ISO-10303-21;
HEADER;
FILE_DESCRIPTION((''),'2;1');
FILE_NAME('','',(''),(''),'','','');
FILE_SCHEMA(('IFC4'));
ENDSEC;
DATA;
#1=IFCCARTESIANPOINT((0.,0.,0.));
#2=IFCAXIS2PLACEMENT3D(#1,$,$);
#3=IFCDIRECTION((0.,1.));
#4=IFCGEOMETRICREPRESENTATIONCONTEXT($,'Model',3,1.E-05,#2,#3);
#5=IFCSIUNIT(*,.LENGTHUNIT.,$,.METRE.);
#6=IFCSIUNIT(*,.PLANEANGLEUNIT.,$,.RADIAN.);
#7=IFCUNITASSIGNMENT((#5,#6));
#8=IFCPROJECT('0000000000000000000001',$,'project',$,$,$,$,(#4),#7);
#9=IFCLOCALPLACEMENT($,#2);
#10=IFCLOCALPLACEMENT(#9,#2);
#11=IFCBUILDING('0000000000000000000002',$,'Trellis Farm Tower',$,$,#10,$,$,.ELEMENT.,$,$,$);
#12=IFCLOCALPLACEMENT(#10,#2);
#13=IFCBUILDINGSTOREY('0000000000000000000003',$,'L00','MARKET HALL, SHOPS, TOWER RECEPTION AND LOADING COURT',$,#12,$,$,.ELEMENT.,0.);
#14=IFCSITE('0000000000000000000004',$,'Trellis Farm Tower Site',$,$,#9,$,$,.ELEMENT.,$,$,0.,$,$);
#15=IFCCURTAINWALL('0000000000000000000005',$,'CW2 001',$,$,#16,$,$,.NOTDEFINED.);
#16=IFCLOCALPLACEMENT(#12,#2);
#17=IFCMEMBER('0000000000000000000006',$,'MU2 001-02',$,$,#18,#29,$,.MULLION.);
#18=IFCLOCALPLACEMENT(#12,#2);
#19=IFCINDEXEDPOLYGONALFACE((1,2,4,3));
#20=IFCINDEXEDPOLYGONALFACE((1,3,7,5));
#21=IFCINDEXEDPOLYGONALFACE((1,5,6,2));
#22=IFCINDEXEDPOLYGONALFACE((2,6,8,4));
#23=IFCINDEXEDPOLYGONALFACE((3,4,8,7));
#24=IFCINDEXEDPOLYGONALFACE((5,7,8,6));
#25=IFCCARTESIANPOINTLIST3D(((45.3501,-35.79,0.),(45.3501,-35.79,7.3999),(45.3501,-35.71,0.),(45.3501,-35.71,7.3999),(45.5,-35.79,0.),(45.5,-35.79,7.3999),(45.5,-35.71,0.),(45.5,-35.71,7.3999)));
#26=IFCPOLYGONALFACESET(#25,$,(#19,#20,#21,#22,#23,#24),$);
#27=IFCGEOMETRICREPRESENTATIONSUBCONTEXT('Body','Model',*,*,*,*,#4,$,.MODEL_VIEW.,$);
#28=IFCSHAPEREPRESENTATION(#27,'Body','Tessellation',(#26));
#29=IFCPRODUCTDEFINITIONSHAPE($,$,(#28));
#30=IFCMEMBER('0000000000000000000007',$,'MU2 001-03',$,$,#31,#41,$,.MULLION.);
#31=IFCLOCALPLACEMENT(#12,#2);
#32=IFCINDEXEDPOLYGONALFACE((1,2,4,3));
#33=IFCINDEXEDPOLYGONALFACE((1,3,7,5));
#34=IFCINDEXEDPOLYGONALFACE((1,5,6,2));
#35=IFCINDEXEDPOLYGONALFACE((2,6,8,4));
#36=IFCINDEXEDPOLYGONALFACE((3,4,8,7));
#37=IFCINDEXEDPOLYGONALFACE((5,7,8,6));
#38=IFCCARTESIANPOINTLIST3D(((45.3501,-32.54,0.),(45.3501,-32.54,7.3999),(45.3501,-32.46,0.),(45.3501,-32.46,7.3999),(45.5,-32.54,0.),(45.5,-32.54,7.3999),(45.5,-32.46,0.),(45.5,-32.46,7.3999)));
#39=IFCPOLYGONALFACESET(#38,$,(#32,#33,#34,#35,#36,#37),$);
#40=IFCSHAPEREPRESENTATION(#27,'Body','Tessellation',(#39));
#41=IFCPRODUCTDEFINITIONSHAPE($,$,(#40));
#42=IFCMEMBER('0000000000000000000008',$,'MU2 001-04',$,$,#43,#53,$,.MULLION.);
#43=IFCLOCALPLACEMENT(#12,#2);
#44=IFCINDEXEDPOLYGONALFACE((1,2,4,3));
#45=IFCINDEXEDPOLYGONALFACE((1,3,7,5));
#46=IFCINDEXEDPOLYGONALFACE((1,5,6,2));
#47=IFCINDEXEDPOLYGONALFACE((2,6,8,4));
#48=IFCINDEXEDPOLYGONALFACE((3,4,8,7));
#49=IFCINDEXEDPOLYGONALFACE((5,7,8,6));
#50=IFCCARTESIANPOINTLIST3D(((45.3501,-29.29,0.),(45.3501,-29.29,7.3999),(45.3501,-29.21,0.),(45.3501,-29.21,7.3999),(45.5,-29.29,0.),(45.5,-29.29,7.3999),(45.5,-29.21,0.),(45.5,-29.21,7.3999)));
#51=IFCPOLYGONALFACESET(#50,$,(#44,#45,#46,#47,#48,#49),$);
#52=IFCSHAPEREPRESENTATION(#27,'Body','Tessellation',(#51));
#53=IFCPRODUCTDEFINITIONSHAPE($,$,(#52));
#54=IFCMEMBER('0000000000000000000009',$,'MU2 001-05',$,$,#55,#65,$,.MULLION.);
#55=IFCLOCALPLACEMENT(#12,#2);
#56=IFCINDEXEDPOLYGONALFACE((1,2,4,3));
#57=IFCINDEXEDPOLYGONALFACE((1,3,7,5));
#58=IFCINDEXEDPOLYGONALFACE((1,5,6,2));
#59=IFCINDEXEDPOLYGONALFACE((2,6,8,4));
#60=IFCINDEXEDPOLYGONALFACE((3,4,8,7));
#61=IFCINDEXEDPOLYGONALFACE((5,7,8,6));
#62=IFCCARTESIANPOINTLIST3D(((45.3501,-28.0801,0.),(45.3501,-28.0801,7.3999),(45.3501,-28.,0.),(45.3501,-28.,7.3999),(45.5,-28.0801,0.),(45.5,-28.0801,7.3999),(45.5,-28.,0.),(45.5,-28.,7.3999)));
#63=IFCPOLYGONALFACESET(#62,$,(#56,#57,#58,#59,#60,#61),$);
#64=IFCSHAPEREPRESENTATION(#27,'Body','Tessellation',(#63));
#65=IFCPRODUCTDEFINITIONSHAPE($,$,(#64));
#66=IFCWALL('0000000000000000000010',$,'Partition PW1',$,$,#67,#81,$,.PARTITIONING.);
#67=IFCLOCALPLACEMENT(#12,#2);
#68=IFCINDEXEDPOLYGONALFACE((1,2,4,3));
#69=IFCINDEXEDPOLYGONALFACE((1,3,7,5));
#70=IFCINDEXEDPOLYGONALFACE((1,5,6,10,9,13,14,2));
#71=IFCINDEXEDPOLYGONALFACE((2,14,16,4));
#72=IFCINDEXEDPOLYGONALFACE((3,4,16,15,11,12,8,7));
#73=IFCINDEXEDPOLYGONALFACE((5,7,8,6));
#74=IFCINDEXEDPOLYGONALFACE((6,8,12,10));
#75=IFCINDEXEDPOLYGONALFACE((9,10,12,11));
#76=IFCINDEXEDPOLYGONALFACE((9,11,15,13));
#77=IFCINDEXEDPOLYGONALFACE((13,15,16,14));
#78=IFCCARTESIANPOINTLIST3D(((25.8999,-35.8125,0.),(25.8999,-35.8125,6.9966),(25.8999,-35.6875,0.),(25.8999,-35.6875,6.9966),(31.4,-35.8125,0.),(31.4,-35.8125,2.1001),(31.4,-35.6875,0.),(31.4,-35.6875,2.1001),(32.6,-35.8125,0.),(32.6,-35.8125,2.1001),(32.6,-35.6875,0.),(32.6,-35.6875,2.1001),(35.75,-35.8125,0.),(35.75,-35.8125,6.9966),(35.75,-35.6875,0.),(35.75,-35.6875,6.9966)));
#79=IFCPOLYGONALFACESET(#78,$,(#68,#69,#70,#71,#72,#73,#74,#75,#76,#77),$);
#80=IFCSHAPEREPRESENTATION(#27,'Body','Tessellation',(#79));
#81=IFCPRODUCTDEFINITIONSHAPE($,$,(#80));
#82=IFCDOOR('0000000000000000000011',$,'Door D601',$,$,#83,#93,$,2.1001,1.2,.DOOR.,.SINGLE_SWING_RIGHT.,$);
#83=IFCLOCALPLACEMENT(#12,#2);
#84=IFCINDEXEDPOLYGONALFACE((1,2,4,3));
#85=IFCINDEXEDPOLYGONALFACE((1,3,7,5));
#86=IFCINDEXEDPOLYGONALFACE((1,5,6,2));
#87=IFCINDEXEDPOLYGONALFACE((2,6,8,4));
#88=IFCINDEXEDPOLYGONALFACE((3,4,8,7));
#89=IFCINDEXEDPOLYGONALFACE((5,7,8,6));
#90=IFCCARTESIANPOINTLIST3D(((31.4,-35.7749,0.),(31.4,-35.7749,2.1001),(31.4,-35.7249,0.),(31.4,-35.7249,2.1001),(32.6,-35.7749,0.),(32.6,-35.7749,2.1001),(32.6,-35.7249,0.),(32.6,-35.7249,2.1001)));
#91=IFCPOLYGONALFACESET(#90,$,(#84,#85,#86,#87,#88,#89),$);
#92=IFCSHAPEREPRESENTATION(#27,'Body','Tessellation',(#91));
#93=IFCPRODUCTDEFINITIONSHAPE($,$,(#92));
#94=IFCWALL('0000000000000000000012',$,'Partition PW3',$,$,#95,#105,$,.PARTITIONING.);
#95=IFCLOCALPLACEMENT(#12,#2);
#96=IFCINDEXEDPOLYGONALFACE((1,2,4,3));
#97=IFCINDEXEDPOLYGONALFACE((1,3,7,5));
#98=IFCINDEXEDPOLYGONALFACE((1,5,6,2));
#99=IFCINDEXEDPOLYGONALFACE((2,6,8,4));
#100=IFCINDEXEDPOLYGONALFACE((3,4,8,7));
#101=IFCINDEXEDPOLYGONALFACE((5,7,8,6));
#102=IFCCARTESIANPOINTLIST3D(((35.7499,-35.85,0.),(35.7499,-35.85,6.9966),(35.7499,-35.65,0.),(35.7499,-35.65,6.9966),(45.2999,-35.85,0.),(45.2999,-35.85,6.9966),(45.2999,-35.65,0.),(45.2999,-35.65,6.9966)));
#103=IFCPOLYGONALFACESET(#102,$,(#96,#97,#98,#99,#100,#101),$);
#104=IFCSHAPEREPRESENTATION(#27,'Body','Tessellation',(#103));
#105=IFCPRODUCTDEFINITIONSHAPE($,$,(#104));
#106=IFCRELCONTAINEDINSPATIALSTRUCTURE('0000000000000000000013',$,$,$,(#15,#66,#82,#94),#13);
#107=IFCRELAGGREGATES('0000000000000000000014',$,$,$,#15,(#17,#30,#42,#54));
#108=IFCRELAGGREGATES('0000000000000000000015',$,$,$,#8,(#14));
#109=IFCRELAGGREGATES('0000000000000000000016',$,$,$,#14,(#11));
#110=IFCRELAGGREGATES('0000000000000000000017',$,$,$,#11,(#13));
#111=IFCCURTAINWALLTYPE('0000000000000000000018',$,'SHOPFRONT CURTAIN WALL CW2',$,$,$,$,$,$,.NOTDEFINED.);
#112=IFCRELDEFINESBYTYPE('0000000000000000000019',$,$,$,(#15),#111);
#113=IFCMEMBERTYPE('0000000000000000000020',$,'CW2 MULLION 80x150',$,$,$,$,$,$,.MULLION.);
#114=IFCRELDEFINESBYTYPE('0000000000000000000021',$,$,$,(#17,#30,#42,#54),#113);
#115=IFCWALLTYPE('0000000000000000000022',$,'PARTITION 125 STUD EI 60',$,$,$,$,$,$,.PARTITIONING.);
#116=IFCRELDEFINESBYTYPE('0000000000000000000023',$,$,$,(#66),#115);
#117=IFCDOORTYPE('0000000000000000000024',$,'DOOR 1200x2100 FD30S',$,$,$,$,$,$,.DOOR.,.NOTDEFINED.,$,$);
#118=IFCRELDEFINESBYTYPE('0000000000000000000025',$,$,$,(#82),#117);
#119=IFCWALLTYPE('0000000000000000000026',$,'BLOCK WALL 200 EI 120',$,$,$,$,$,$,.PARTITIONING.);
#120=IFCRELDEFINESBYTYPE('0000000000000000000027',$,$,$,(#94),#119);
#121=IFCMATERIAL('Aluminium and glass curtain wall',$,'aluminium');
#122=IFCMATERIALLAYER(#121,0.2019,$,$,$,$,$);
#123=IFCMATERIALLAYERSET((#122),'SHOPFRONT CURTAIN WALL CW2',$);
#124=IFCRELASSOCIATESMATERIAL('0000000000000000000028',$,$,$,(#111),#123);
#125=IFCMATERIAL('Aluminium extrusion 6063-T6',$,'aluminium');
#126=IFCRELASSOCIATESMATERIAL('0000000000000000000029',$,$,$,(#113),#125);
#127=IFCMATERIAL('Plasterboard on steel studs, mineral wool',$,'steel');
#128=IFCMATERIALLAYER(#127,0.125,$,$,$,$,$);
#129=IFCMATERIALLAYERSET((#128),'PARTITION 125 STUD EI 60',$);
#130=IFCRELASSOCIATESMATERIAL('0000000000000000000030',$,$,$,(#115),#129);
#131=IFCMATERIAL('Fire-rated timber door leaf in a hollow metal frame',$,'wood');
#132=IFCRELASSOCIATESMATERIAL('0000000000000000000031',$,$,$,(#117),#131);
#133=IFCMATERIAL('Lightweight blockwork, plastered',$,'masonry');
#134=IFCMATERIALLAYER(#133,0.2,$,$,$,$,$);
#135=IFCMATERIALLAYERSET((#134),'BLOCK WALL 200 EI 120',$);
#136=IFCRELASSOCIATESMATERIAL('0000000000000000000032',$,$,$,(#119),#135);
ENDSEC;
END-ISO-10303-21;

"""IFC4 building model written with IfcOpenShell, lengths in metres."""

from ifc_helpers import new_model, si_unit, direction, frame, frame_2d, origin, origin_2d, place, context, subcontext, project, spatial, rectangle, extrude, source, transform, mapped, material, layer, layer_set, material_profile, profile_set, type_object, element, fill, aggregate, save


model = new_model("IFC4")

# Units and contexts
model_context = context("Model", 3, precision=1e-05, world=origin(), true_north=direction((0.0, 1.0)))
body_context = subcontext(model_context, "Body", "Model", "MODEL_VIEW")
ifc_project = project(units=[si_unit("LENGTHUNIT", "METRE"), si_unit("PLANEANGLEUNIT", "RADIAN")], contexts=[model_context])

# Site, building, storey
site_placement = place(None, origin())
site = spatial("IfcSite", under=ifc_project, at=site_placement, Name="Trellis Farm Tower Site", CompositionType="ELEMENT", RefElevation=0.0)
building_placement = place(site_placement, origin())
building = spatial("IfcBuilding", under=site, at=building_placement, Name="Trellis Farm Tower", CompositionType="ELEMENT")
storey_placement = place(building_placement, origin())
storey = spatial("IfcBuildingStorey", under=building, at=storey_placement, Name="L00", Description="MARKET HALL, SHOPS, TOWER RECEPTION AND LOADING COURT", CompositionType="ELEMENT", Elevation=0.0)

# Curtain wall, members
ifc_material_1 = material(Name="Aluminium and glass curtain wall", Category="aluminium")
ifc_layer_1 = layer(ifc_material_1, 0.2019)
ifc_layer_set_1 = layer_set([ifc_layer_1], Name="SHOPFRONT CURTAIN WALL CW2")
curtain_wall_type = type_object("IfcCurtainWallType", Name="SHOPFRONT CURTAIN WALL CW2", PredefinedType="NOTDEFINED", material=ifc_layer_set_1)
curtain_wall_placement = place(storey_placement, origin())
curtain_wall = element("IfcCurtainWall", 1, at=curtain_wall_placement, inside=storey, type_object=curtain_wall_type, Name="CW2 001", PredefinedType="NOTDEFINED")
ifc_material_2 = material(Name="Aluminium extrusion 6063-T6", Category="aluminium")
ifc_material_profile_1 = material_profile(ifc_material_2, rectangle(XDim=0.0801, YDim=0.1499, at=origin_2d()), Name="MULLION 80x150")
ifc_profile_set_1 = profile_set([ifc_material_profile_1], Name="Aluminium extrusion 6063-T6")
member_type = type_object("IfcMemberType", Name="CW2 MULLION 80x150", PredefinedType="MULLION", material=ifc_profile_set_1)
shared_shape_1 = source(origin(), body_context, "Body", "SweptSolid", [
    extrude(rectangle(XDim=0.0801, YDim=0.1499, at=origin_2d()), origin(), (0.0, 0.0, 1.0), 7.3999),
])
member_1_placement = place(storey_placement, frame((45.425, -35.75, 0.0), z_axis=(0.0, 0.0, 1.0), x_axis=(0.0, 1.0, 0.0)))
member_1 = element("IfcMember", 2, at=member_1_placement, type_object=member_type, Name="MU2 001-02", PredefinedType="MULLION", context=body_context, shape_type="MappedRepresentation", body=[
    mapped(shared_shape_1, transform((0.0, 0.0, 0.0))),
])
member_2_placement = place(storey_placement, frame((45.425, -32.5, 0.0), z_axis=(0.0, 0.0, 1.0), x_axis=(0.0, 1.0, 0.0)))
member_2 = element("IfcMember", 3, at=member_2_placement, type_object=member_type, Name="MU2 001-03", PredefinedType="MULLION", context=body_context, shape_type="MappedRepresentation", body=[
    mapped(shared_shape_1, transform((0.0, 0.0, 0.0))),
])
member_3_placement = place(storey_placement, frame((45.425, -29.25, 0.0), z_axis=(0.0, 0.0, 1.0), x_axis=(0.0, 1.0, 0.0)))
member_3 = element("IfcMember", 4, at=member_3_placement, type_object=member_type, Name="MU2 001-04", PredefinedType="MULLION", context=body_context, shape_type="MappedRepresentation", body=[
    mapped(shared_shape_1, transform((0.0, 0.0, 0.0))),
])
member_4_placement = place(storey_placement, frame((45.425, -28.04, 0.0), z_axis=(0.0, 0.0, 1.0), x_axis=(0.0, 1.0, 0.0)))
member_4 = element("IfcMember", 5, at=member_4_placement, type_object=member_type, Name="MU2 001-05", PredefinedType="MULLION", context=body_context, shape_type="MappedRepresentation", body=[
    mapped(shared_shape_1, transform((0.0, 0.0, 0.0))),
])
aggregate(curtain_wall, [member_1, member_2, member_3, member_4])

# Wall, opening, door
ifc_material_3 = material(Name="Plasterboard on steel studs, mineral wool", Category="steel")
ifc_layer_2 = layer(ifc_material_3, 0.125)
ifc_layer_set_2 = layer_set([ifc_layer_2], Name="PARTITION 125 STUD EI 60")
wall_type_1 = type_object("IfcWallType", Name="PARTITION 125 STUD EI 60", PredefinedType="PARTITIONING", material=ifc_layer_set_2)
shared_shape_2 = source(origin(), body_context, "Body", "SweptSolid", [
    extrude(rectangle(XDim=9.8501, YDim=0.125, at=frame_2d((4.925, 0.0))), origin(), (0.0, 0.0, 1.0), 6.9966),
])
wall_1_placement = place(storey_placement, frame((35.75, -35.75, 0.0), z_axis=(0.0, 0.0, 1.0), x_axis=(-1.0, 0.0, 0.0)))
wall_1 = element("IfcWall", 6, at=wall_1_placement, inside=storey, type_object=wall_type_1, Name="Partition PW1", PredefinedType="PARTITIONING", context=body_context, shape_type="MappedRepresentation", body=[
    mapped(shared_shape_2, transform((0.0, 0.0, 0.0))),
])
shared_shape_3 = source(origin(), body_context, "Body", "SweptSolid", [
    extrude(rectangle(XDim=1.2, YDim=2.1001, at=frame_2d((0.6001, 1.05))), frame((0.0, 0.0725, 0.0), z_axis=(0.0, -1.0, 0.0), x_axis=(1.0, 0.0, 0.0)), (0.0, 0.0, 1.0), 0.145),
])
opening_placement = place(wall_1_placement, frame((3.1499, 0.0, 0.0)))
opening = element("IfcOpeningElement", 7, at=opening_placement, cuts=wall_1, PredefinedType="OPENING", context=body_context, shape_type="MappedRepresentation", body=[
    mapped(shared_shape_3, transform((0.0, 0.0, 0.0))),
])
ifc_material_4 = material(Name="Fire-rated timber door leaf in a hollow metal frame", Category="wood")
door_type = type_object("IfcDoorType", Name="DOOR 1200x2100 FD30S", OperationType="NOTDEFINED", PredefinedType="DOOR", material=ifc_material_4)
shared_shape_4 = source(origin(), body_context, "Body", "SweptSolid", [
    extrude(rectangle(XDim=1.2, YDim=2.1001, at=frame_2d((0.6001, 1.05))), frame((0.0, 0.0249, 0.0), z_axis=(0.0, -1.0, 0.0), x_axis=(1.0, 0.0, 0.0)), (0.0, 0.0, 1.0), 0.05),
])
door_placement = place(opening_placement, origin())
door = element("IfcDoor", 8, at=door_placement, inside=storey, type_object=door_type, Name="Door D601", OperationType="SINGLE_SWING_RIGHT", OverallHeight=2.1001, OverallWidth=1.2, PredefinedType="DOOR", context=body_context, shape_type="MappedRepresentation", body=[
    mapped(shared_shape_4, transform((0.0, 0.0, 0.0))),
])
fill(opening, door)

# Wall
ifc_material_5 = material(Name="Lightweight blockwork, plastered", Category="masonry")
ifc_layer_3 = layer(ifc_material_5, 0.2)
ifc_layer_set_3 = layer_set([ifc_layer_3], Name="BLOCK WALL 200 EI 120")
wall_type_2 = type_object("IfcWallType", Name="BLOCK WALL 200 EI 120", PredefinedType="PARTITIONING", material=ifc_layer_set_3)
shared_shape_5 = source(origin(), body_context, "Body", "SweptSolid", [
    extrude(rectangle(XDim=9.55, YDim=0.2, at=frame_2d((4.7749, 0.0))), origin(), (0.0, 0.0, 1.0), 6.9966),
])
wall_2_placement = place(storey_placement, frame((35.75, -35.75, 0.0), z_axis=(0.0, 0.0, 1.0), x_axis=(1.0, 0.0, 0.0)))
element("IfcWall", 9, at=wall_2_placement, inside=storey, type_object=wall_type_2, Name="Partition PW3", PredefinedType="PARTITIONING", context=body_context, shape_type="MappedRepresentation", body=[
    mapped(shared_shape_5, transform((0.0, 0.0, 0.0))),
])

save(model, "model.ifc")
